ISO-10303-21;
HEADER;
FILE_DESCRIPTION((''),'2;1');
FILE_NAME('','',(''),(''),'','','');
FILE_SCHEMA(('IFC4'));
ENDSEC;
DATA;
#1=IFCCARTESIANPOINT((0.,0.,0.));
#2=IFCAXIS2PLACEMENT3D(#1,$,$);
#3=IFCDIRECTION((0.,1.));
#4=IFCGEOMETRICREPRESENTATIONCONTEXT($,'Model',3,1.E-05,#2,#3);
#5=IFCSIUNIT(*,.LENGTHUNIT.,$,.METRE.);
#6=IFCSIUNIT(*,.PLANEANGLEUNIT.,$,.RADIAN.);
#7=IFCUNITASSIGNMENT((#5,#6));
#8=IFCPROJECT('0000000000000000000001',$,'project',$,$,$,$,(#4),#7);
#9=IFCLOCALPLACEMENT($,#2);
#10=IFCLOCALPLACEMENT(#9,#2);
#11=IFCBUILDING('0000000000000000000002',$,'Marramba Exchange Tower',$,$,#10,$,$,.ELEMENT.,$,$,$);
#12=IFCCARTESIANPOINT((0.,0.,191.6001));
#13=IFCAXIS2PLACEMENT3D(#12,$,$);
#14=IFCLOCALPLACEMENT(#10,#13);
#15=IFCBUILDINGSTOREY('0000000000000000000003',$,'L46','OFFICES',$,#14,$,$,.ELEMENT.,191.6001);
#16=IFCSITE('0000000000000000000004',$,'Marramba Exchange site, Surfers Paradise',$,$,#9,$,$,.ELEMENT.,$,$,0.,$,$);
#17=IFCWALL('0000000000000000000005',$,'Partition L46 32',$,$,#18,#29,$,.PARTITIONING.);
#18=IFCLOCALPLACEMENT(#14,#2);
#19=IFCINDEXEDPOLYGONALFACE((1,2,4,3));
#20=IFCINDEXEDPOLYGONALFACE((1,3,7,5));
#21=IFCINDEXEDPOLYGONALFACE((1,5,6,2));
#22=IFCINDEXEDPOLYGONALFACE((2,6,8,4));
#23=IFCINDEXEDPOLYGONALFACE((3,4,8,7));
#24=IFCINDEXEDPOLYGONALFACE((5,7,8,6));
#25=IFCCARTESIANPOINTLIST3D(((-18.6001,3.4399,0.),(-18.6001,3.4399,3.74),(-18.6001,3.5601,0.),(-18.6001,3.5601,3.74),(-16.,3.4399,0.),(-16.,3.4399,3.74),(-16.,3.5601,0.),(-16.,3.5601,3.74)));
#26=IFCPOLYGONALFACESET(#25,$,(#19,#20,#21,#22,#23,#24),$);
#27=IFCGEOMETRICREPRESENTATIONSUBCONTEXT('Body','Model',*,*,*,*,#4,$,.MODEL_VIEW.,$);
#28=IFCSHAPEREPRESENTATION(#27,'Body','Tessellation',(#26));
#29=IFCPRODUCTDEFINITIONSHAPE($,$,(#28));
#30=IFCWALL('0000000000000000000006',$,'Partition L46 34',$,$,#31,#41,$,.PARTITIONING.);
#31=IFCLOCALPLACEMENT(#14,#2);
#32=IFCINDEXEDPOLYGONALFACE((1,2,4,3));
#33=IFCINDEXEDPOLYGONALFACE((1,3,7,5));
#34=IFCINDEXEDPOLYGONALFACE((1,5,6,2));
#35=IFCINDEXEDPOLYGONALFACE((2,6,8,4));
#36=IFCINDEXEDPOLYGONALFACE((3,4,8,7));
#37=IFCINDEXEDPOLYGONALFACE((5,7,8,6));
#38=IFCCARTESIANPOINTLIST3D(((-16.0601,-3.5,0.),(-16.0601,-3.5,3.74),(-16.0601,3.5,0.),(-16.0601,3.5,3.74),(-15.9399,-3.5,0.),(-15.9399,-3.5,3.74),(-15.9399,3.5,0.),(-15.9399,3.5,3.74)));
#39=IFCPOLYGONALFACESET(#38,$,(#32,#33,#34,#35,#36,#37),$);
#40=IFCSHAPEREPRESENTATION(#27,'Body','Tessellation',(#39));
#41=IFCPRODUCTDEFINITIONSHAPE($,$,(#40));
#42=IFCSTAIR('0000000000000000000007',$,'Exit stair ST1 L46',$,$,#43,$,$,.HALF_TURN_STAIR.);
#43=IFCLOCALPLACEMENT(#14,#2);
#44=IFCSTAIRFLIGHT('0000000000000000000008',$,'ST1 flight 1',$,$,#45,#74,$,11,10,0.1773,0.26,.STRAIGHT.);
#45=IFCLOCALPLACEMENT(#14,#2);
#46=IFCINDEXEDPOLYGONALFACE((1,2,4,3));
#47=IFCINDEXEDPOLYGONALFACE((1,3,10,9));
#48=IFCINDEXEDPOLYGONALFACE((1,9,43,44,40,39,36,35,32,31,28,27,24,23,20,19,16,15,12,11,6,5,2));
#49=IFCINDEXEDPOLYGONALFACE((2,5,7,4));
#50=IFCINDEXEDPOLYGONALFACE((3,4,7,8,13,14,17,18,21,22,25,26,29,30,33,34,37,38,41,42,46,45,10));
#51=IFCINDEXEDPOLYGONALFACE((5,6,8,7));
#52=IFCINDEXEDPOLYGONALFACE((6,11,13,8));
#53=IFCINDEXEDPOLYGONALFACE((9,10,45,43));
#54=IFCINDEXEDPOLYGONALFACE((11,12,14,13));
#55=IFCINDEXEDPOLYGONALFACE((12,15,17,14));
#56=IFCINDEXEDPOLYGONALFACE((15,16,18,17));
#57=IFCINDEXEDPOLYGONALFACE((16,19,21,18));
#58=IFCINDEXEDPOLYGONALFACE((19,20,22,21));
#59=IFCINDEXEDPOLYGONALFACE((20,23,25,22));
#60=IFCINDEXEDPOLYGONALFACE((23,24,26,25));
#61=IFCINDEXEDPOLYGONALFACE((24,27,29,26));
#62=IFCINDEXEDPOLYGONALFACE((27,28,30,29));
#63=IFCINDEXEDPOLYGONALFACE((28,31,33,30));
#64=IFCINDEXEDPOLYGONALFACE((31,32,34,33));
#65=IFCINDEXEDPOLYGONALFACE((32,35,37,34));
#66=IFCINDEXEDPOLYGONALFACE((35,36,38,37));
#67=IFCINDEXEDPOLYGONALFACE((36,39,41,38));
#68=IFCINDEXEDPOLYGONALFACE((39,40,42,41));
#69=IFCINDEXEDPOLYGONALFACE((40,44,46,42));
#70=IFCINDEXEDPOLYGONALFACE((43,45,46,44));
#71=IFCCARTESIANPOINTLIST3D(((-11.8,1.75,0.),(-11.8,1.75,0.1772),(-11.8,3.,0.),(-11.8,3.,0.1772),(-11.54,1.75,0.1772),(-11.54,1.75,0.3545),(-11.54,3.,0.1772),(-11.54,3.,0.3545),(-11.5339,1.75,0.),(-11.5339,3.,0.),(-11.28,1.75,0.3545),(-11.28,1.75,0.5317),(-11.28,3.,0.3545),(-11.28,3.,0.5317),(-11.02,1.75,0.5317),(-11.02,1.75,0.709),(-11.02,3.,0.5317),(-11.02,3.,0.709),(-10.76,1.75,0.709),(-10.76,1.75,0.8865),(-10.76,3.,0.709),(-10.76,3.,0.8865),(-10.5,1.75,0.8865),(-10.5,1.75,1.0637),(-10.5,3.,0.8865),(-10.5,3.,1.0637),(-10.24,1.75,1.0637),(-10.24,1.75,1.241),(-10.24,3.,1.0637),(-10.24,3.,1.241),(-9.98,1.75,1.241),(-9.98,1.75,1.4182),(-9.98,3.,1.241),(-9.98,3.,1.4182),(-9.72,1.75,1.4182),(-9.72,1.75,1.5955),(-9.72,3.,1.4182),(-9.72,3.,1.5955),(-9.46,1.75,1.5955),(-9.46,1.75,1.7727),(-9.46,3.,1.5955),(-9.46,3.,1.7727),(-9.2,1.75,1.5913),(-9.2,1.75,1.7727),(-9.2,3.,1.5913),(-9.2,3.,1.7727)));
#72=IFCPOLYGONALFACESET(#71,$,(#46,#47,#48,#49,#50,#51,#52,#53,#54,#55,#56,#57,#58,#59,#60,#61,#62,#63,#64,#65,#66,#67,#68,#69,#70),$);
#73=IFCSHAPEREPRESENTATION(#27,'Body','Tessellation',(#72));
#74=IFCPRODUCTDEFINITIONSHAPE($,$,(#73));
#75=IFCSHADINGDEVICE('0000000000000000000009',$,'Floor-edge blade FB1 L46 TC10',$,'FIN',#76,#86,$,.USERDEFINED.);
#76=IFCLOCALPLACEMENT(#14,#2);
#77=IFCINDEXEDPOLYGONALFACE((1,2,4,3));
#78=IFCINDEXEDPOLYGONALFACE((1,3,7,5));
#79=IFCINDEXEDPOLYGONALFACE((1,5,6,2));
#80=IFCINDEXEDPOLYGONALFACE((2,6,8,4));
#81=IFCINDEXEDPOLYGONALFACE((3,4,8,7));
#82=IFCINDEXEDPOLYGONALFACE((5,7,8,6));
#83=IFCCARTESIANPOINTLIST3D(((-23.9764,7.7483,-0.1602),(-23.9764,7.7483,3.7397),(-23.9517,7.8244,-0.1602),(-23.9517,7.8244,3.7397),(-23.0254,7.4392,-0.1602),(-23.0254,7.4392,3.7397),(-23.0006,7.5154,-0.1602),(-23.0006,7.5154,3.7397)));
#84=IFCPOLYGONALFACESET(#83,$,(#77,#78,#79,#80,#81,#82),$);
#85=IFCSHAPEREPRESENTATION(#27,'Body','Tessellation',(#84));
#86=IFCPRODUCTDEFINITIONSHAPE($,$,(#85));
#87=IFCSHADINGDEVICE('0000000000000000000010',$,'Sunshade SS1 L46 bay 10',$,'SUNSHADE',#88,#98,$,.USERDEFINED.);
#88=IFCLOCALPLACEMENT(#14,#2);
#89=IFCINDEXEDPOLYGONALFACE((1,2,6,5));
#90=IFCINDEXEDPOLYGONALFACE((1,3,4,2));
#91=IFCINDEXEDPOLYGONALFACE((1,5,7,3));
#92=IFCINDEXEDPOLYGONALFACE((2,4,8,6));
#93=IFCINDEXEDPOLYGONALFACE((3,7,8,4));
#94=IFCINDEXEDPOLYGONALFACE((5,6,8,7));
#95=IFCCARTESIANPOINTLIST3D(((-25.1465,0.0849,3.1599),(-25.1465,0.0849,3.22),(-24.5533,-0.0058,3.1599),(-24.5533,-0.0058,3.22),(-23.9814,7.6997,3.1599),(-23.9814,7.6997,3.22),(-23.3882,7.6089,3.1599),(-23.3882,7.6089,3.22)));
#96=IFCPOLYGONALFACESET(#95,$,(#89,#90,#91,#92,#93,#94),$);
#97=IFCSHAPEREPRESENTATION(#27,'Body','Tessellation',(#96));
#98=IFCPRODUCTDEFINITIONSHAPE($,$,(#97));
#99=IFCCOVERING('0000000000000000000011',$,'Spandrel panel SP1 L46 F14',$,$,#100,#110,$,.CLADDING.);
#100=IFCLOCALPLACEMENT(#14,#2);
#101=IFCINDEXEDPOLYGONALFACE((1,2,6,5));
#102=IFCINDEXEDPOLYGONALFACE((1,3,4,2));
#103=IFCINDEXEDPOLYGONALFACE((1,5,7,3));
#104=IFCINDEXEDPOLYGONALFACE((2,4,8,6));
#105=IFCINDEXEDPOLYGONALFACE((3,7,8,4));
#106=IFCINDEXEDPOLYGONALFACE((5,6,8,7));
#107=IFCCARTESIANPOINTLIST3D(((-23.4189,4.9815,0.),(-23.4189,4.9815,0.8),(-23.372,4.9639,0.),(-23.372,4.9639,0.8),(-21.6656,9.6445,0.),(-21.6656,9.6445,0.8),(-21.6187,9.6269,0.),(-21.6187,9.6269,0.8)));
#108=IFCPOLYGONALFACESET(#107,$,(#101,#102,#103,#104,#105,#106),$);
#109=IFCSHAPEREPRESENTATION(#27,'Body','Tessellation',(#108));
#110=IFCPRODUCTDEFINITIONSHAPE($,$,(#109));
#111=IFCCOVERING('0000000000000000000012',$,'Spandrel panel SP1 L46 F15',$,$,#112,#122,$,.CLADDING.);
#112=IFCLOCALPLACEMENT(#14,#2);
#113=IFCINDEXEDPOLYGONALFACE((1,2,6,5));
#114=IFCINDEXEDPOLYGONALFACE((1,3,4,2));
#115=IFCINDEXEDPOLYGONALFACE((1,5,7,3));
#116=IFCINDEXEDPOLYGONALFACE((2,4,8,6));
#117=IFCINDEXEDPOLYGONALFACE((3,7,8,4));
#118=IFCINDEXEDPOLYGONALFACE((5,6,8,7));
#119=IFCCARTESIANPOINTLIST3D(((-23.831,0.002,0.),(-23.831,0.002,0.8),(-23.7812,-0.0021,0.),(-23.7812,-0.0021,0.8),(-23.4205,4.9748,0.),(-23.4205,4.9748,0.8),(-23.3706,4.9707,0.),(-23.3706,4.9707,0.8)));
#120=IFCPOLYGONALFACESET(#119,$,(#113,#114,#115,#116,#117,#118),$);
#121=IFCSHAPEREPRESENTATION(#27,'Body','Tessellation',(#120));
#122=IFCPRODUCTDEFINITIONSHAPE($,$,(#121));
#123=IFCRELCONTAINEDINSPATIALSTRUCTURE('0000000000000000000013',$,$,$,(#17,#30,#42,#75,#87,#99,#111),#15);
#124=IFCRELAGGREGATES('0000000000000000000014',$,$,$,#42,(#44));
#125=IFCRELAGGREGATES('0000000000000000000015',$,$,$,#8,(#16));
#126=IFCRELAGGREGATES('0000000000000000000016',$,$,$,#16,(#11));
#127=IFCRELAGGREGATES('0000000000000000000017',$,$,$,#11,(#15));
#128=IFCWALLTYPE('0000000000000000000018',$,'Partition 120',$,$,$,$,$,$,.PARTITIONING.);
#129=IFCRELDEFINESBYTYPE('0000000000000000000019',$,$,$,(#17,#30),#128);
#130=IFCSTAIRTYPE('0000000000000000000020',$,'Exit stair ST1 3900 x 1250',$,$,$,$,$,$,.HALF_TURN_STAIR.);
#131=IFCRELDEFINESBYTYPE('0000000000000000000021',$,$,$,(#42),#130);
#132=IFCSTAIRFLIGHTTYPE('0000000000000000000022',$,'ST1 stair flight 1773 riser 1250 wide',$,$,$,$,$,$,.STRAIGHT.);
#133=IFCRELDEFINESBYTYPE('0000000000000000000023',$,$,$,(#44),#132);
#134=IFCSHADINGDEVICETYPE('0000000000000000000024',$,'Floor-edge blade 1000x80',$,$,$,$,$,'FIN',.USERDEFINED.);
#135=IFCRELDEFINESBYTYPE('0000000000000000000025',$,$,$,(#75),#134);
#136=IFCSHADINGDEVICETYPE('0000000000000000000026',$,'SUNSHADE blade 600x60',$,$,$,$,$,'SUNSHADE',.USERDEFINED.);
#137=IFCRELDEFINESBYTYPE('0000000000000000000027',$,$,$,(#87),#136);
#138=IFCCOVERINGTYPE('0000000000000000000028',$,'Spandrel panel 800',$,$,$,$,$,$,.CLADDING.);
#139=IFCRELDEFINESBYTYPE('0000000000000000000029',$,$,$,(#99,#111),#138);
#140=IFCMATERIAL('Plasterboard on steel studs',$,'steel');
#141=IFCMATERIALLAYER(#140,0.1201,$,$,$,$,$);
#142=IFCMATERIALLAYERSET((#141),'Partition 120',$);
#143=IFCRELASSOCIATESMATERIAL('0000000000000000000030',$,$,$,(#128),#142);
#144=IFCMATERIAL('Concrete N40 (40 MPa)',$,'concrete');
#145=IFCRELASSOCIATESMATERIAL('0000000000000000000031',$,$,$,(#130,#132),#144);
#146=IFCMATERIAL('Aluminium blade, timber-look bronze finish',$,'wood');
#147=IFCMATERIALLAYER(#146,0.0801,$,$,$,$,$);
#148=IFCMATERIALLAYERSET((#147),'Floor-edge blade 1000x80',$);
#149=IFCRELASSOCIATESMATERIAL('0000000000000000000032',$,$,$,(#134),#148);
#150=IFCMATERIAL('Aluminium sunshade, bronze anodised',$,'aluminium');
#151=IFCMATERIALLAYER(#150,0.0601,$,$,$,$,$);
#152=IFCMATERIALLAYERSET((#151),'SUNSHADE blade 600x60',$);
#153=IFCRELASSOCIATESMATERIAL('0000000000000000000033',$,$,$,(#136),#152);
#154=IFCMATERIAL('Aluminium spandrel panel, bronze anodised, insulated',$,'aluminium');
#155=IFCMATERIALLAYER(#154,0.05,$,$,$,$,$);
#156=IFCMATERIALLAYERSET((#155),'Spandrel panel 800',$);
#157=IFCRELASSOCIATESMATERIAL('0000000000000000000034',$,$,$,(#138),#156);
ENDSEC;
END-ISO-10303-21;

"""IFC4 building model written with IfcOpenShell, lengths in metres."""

from ifc_helpers import new_model, si_unit, direction, frame, frame_2d, origin, origin_2d, place, context, subcontext, project, spatial, polyline, rectangle, outline, extrude, material, layer, layer_set, type_object, element, aggregate, save


model = new_model("IFC4")

# Units and contexts
model_context = context("Model", 3, precision=1e-05, world=origin(), true_north=direction((0.0, 1.0)))
body_context = subcontext(model_context, "Body", "Model", "MODEL_VIEW")
ifc_project = project(units=[si_unit("LENGTHUNIT", "METRE"), si_unit("PLANEANGLEUNIT", "RADIAN")], contexts=[model_context])

# Site, building, storey
site_placement = place(None, origin())
site = spatial("IfcSite", under=ifc_project, at=site_placement, Name="Marramba Exchange site, Surfers Paradise", CompositionType="ELEMENT", RefElevation=0.0)
building_placement = place(site_placement, origin())
building = spatial("IfcBuilding", under=site, at=building_placement, Name="Marramba Exchange Tower", CompositionType="ELEMENT")
storey_placement = place(building_placement, frame((0.0, 0.0, 191.6001)))
storey = spatial("IfcBuildingStorey", under=building, at=storey_placement, Name="L46", Description="OFFICES", CompositionType="ELEMENT", Elevation=191.6001)

# Walls
ifc_material_1 = material(Name="Plasterboard on steel studs", Category="steel")
ifc_layer_1 = layer(ifc_material_1, 0.1201)
ifc_layer_set_1 = layer_set([ifc_layer_1], Name="Partition 120")
wall_type_1 = type_object("IfcWallType", Name="Partition 120", PredefinedType="PARTITIONING", material=ifc_layer_set_1)
wall_1_placement = place(storey_placement, frame((-18.6001, 3.5, 0.0), z_axis=(0.0, 0.0, 1.0), x_axis=(1.0, 0.0, 0.0)))
element("IfcWall", 1, at=wall_1_placement, inside=storey, type_object=wall_type_1, Name="Partition L46 32", PredefinedType="PARTITIONING", context=body_context, shape_type="SweptSolid", body=[
    extrude(rectangle(XDim=2.6001, YDim=0.1201, at=frame_2d((1.3, 0.0))), origin(), (0.0, 0.0, 1.0), 3.74),
])
wall_2_placement = place(storey_placement, frame((-16.0, 3.5, 0.0), z_axis=(0.0, 0.0, 1.0), x_axis=(0.0, -1.0, 0.0)))
element("IfcWall", 2, at=wall_2_placement, inside=storey, type_object=wall_type_1, Name="Partition L46 34", PredefinedType="PARTITIONING", context=body_context, shape_type="SweptSolid", body=[
    extrude(rectangle(XDim=7.0, YDim=0.1201, at=frame_2d((3.5, 0.0))), origin(), (0.0, 0.0, 1.0), 3.74),
])

# Stair, stair flight
ifc_material_2 = material(Name="Concrete N40 (40 MPa)", Category="concrete")
stair_type = type_object("IfcStairType", Name="Exit stair ST1 3900 x 1250", PredefinedType="HALF_TURN_STAIR", material=ifc_material_2)
stair_placement = place(storey_placement, origin())
stair = element("IfcStair", 3, at=stair_placement, inside=storey, type_object=stair_type, Name="Exit stair ST1 L46", PredefinedType="HALF_TURN_STAIR")
stair_flight_type = type_object("IfcStairFlightType", Name="ST1 stair flight 1773 riser 1250 wide", PredefinedType="STRAIGHT", material=ifc_material_2)
stair_flight_placement = place(storey_placement, frame((-11.8, 2.375, 0.0), z_axis=(0.0, 0.0, 1.0), x_axis=(1.0, 0.0, 0.0)))
stair_flight = element("IfcStairFlight", 4, at=stair_flight_placement, type_object=stair_flight_type, Name="ST1 flight 1", NumberOfRisers=11, NumberOfTreads=10, PredefinedType="STRAIGHT", RiserHeight=0.1773, TreadLength=0.26, context=body_context, shape_type="SweptSolid", body=[
    extrude(outline(polyline([(0.0, 0.0), (0.0, 0.1772), (0.26, 0.1772), (0.26, 0.3545), (0.52, 0.3545), (0.52, 0.5317), (0.78, 0.5317), (0.78, 0.709), (1.04, 0.709), (1.04, 0.8865), (1.3, 0.8865), (1.3, 1.0637), (1.5601, 1.0637), (1.5601, 1.241), (1.8201, 1.241), (1.8201, 1.4182), (2.0801, 1.4182), (2.0801, 1.5955), (2.3401, 1.5955), (2.3401, 1.7727), (2.6001, 1.7727), (2.6001, 1.95), (2.6001, 1.5913), (0.2661, 0.0), (0.0, 0.0)])), frame((0.0, 0.625, 0.0), z_axis=(0.0, -1.0, 0.0), x_axis=(1.0, 0.0, 0.0)), (0.0, 0.0, 1.0), 1.25),
])
aggregate(stair, [stair_flight])

# Shading devices
ifc_material_3 = material(Name="Aluminium blade, timber-look bronze finish", Category="wood")
ifc_layer_2 = layer(ifc_material_3, 0.0801)
ifc_layer_set_2 = layer_set([ifc_layer_2], Name="Floor-edge blade 1000x80")
shading_device_type_1 = type_object("IfcShadingDeviceType", Name="Floor-edge blade 1000x80", ElementType="FIN", PredefinedType="USERDEFINED", material=ifc_layer_set_2)
shading_device_1_placement = place(storey_placement, frame((-23.4885, 7.6318, -0.1602), z_axis=(0.0, 0.0, 1.0), x_axis=(-0.951057, 0.309017, 0.0)))
element("IfcShadingDevice", 5, at=shading_device_1_placement, inside=storey, type_object=shading_device_type_1, Name="Floor-edge blade FB1 L46 TC10", ObjectType="FIN", PredefinedType="USERDEFINED", context=body_context, shape_type="SweptSolid", body=[
    extrude(rectangle(XDim=1.0, YDim=0.0801, at=origin_2d()), origin(), (0.0, 0.0, 1.0), 3.8999),
])
ifc_material_4 = material(Name="Aluminium sunshade, bronze anodised", Category="aluminium")
ifc_layer_3 = layer(ifc_material_4, 0.0601)
ifc_layer_set_3 = layer_set([ifc_layer_3], Name="SUNSHADE blade 600x60")
shading_device_type_2 = type_object("IfcShadingDeviceType", Name="SUNSHADE blade 600x60", ElementType="SUNSHADE", PredefinedType="USERDEFINED", material=ifc_layer_set_3)
shading_device_2_placement = place(storey_placement, frame((-24.2673, 3.8469, 3.1599), z_axis=(0.0, 0.0, 1.0), x_axis=(-0.151241, -0.988497, 0.0)))
element("IfcShadingDevice", 6, at=shading_device_2_placement, inside=storey, type_object=shading_device_type_2, Name="Sunshade SS1 L46 bay 10", ObjectType="SUNSHADE", PredefinedType="USERDEFINED", context=body_context, shape_type="SweptSolid", body=[
    extrude(rectangle(XDim=7.7034, YDim=0.6001, at=origin_2d()), origin(), (0.0, 0.0, 1.0), 0.0601),
])

# Coverings
ifc_material_5 = material(Name="Aluminium spandrel panel, bronze anodised, insulated", Category="aluminium")
ifc_layer_4 = layer(ifc_material_5, 0.05)
ifc_layer_set_4 = layer_set([ifc_layer_4], Name="Spandrel panel 800")
covering_type = type_object("IfcCoveringType", Name="Spandrel panel 800", PredefinedType="CLADDING", material=ifc_layer_set_4)
covering_1_placement = place(storey_placement, frame((-22.5188, 7.3042, 0.0), z_axis=(0.0, 0.0, 1.0), x_axis=(-0.351952, -0.936018, 0.0)))
element("IfcCovering", 7, at=covering_1_placement, inside=storey, type_object=covering_type, Name="Spandrel panel SP1 L46 F14", PredefinedType="CLADDING", context=body_context, shape_type="SweptSolid", body=[
    extrude(rectangle(XDim=4.9817, YDim=0.05, at=origin_2d()), origin(), (0.0, 0.0, 1.0), 0.8),
])
covering_2_placement = place(storey_placement, frame((-23.6008, 2.4863, 0.0), z_axis=(0.0, 0.0, 1.0), x_axis=(-0.082281, -0.996609, 0.0)))
element("IfcCovering", 8, at=covering_2_placement, inside=storey, type_object=covering_type, Name="Spandrel panel SP1 L46 F15", PredefinedType="CLADDING", context=body_context, shape_type="SweptSolid", body=[
    extrude(rectangle(XDim=4.9897, YDim=0.05, at=origin_2d()), origin(), (0.0, 0.0, 1.0), 0.8),
])

save(model, "model.ifc")
